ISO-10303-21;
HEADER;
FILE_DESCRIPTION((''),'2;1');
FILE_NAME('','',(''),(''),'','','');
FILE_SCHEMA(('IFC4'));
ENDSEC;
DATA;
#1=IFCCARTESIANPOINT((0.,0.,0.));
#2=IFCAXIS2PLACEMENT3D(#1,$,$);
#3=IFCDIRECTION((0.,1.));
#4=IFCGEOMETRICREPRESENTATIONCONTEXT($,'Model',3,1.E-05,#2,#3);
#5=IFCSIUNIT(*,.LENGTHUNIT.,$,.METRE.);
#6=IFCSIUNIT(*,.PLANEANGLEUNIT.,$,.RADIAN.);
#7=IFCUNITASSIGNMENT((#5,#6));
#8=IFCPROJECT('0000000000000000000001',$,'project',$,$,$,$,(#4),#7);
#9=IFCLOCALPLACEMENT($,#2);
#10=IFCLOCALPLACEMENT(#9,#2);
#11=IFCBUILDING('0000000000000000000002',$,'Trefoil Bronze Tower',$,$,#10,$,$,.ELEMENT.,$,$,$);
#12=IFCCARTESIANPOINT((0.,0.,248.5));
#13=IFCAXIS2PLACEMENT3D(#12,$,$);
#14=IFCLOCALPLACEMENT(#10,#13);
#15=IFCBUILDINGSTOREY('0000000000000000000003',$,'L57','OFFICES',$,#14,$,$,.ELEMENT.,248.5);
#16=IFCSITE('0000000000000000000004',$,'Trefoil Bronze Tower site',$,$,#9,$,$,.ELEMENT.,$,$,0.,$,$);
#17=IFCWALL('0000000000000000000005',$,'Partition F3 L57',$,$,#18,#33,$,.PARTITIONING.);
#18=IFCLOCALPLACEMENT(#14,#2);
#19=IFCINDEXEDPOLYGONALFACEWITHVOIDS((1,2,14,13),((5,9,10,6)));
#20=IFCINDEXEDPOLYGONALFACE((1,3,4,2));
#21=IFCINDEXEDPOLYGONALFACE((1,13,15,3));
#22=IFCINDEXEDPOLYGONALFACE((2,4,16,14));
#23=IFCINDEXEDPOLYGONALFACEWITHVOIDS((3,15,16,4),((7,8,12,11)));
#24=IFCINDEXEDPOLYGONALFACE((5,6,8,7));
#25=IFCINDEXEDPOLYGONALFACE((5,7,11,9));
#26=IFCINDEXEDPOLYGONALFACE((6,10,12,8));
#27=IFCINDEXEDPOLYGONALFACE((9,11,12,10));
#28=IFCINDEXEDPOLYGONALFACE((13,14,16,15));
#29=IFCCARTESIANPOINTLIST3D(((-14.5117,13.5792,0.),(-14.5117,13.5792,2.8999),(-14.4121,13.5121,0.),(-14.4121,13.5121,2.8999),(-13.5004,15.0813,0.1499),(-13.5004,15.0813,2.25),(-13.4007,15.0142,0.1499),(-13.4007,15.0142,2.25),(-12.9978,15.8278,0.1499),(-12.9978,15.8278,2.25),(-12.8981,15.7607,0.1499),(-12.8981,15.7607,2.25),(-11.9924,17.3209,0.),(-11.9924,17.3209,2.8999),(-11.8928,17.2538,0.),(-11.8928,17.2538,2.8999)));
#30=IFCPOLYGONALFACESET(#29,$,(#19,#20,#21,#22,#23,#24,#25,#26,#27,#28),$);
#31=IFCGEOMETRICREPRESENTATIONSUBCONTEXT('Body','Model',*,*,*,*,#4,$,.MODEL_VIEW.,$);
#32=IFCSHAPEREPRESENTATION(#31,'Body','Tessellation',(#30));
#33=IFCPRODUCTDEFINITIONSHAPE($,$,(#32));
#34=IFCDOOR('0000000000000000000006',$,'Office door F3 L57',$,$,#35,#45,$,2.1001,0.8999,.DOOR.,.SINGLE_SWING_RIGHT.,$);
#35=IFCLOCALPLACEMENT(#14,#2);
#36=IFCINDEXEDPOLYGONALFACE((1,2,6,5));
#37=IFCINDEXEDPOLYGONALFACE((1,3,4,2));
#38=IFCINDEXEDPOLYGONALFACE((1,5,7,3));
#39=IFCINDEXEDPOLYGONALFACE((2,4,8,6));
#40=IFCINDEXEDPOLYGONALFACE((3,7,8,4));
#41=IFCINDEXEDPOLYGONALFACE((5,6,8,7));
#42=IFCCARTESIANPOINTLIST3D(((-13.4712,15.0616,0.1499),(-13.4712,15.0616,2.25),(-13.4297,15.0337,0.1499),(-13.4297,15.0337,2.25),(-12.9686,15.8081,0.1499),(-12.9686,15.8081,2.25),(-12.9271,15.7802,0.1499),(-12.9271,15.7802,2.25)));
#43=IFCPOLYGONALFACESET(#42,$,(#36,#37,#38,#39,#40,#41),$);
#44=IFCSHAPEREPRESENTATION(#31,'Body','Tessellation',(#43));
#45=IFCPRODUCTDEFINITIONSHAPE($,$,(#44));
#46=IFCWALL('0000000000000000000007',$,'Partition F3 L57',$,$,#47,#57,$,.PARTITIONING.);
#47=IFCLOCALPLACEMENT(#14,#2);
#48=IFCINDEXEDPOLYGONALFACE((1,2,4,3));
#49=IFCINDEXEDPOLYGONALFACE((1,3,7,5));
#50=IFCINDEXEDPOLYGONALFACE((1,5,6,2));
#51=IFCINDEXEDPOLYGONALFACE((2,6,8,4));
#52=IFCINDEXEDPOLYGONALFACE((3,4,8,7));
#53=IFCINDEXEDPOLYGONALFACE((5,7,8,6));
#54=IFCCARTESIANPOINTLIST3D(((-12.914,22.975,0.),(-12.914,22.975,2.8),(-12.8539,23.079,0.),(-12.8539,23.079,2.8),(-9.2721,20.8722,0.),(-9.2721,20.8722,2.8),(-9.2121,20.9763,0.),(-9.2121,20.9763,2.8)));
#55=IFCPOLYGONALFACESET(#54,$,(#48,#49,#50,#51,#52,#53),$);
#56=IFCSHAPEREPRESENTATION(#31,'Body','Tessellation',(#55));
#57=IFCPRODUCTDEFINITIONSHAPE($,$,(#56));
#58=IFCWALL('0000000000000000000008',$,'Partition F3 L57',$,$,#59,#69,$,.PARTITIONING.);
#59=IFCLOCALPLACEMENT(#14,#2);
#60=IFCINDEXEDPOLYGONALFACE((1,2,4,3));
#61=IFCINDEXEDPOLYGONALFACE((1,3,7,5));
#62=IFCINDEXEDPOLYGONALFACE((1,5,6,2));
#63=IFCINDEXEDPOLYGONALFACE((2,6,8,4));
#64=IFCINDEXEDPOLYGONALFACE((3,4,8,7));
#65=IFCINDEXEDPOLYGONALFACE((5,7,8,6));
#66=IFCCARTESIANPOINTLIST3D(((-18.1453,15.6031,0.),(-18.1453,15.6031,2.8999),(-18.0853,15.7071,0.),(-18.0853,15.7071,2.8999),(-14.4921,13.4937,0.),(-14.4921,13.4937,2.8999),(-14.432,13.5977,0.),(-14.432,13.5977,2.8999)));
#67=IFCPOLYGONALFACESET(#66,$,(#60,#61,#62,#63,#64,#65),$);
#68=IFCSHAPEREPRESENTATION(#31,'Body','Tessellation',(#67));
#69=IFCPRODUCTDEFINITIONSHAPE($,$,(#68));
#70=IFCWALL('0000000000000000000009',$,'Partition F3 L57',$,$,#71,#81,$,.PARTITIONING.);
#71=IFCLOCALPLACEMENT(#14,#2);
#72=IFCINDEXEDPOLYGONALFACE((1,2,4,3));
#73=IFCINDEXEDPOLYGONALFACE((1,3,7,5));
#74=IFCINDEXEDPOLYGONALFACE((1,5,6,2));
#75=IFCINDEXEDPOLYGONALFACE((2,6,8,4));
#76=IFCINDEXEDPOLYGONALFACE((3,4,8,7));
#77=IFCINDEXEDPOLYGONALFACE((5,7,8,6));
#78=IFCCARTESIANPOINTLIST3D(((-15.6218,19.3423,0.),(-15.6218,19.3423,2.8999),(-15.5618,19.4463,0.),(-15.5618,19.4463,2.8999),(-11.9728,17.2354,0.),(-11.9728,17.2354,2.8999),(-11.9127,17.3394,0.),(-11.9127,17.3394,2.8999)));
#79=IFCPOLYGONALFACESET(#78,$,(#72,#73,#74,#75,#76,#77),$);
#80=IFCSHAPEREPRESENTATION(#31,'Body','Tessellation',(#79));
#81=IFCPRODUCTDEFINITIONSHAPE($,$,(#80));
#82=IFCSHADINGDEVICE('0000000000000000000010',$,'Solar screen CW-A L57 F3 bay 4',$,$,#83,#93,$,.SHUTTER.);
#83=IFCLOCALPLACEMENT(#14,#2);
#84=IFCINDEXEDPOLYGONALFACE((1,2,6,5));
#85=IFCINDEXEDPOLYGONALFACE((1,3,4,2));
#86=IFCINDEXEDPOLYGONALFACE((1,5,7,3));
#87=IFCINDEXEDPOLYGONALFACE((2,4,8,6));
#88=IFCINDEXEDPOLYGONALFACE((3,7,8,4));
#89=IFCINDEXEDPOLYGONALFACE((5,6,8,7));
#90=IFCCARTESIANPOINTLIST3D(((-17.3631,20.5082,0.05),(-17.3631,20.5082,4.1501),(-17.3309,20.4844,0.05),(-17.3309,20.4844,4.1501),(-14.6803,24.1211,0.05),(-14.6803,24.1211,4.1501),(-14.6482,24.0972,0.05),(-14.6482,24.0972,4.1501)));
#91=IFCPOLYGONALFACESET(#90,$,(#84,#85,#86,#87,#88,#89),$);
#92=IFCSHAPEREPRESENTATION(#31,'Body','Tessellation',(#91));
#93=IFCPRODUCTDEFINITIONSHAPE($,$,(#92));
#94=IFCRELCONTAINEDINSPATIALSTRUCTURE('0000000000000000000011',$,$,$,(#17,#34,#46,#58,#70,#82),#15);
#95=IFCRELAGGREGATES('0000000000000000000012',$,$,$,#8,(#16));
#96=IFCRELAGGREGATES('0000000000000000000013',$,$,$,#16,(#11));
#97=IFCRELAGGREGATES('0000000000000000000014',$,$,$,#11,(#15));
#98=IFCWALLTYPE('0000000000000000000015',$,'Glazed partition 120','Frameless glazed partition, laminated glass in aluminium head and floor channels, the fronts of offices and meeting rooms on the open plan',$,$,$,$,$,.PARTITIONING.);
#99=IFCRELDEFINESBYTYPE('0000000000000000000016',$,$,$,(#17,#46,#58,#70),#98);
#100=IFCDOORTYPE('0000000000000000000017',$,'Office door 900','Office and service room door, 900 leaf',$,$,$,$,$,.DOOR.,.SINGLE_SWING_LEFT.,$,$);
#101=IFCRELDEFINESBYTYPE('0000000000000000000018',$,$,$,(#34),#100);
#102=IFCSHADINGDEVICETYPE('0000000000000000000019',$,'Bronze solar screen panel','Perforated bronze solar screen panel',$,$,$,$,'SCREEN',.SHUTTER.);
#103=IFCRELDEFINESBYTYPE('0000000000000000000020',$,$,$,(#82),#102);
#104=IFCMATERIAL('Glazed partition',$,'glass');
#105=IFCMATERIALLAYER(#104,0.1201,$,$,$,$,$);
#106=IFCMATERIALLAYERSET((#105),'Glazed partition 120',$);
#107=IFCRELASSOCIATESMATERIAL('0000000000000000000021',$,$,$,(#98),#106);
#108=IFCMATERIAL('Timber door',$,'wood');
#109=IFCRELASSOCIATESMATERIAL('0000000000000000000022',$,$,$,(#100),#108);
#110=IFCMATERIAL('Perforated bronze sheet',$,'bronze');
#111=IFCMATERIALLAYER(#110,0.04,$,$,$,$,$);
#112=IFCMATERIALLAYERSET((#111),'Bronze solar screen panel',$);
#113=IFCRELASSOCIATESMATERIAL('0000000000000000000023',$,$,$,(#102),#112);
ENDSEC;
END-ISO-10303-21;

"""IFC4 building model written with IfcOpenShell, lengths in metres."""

from ifc_helpers import new_model, si_unit, direction, frame, frame_2d, origin, origin_2d, place, context, subcontext, project, spatial, rectangle, extrude, material, layer, layer_set, type_object, element, fill, save


model = new_model("IFC4")

# Units and contexts
model_context = context("Model", 3, precision=1e-05, world=origin(), true_north=direction((0.0, 1.0)))
body_context = subcontext(model_context, "Body", "Model", "MODEL_VIEW")
ifc_project = project(units=[si_unit("LENGTHUNIT", "METRE"), si_unit("PLANEANGLEUNIT", "RADIAN")], contexts=[model_context])

# Site, building, storey
site_placement = place(None, origin())
site = spatial("IfcSite", under=ifc_project, at=site_placement, Name="Trefoil Bronze Tower site", CompositionType="ELEMENT", RefElevation=0.0)
building_placement = place(site_placement, origin())
building = spatial("IfcBuilding", under=site, at=building_placement, Name="Trefoil Bronze Tower", CompositionType="ELEMENT")
storey_placement = place(building_placement, frame((0.0, 0.0, 248.5)))
storey = spatial("IfcBuildingStorey", under=building, at=storey_placement, Name="L57", Description="OFFICES", CompositionType="ELEMENT", Elevation=248.5)

# Wall, opening, door
ifc_material_1 = material(Name="Glazed partition", Category="glass")
ifc_layer_1 = layer(ifc_material_1, 0.1201)
ifc_layer_set_1 = layer_set([ifc_layer_1], Name="Glazed partition 120")
wall_type_1 = type_object("IfcWallType", Name="Glazed partition 120", Description="Frameless glazed partition, laminated glass in aluminium head and floor channels, the fronts of offices and meeting rooms on the open plan", PredefinedType="PARTITIONING", material=ifc_layer_set_1)
ifc_material_2 = material(Name="Timber door", Category="wood")
door_type_1 = type_object("IfcDoorType", Name="Office door 900", Description="Office and service room door, 900 leaf", OperationType="SINGLE_SWING_LEFT", PredefinedType="DOOR", material=ifc_material_2)
wall_1_placement = place(storey_placement, frame((-11.9426, 17.2874, 0.0), z_axis=(0.0, 0.0, 1.0), x_axis=(-0.558504, -0.829502, 0.0)))
wall_1 = element("IfcWall", 1, at=wall_1_placement, inside=storey, type_object=wall_type_1, Name="Partition F3 L57", PredefinedType="PARTITIONING", context=body_context, shape_type="SweptSolid", body=[
    extrude(rectangle(XDim=4.5107, YDim=0.1201, at=frame_2d((2.2554, 0.0))), origin(), (0.0, 0.0, 1.0), 2.8999),
])
opening_1_placement = place(wall_1_placement, frame((1.8, 0.0, 0.1499)))
opening_1 = element("IfcOpeningElement", 2, at=opening_1_placement, cuts=wall_1, PredefinedType="OPENING", context=body_context, shape_type="SweptSolid", body=[
    extrude(rectangle(XDim=0.8999, YDim=2.1001, at=frame_2d((0.45, 1.05))), frame((0.0, 0.0701, 0.0), z_axis=(0.0, -1.0, 0.0), x_axis=(1.0, 0.0, 0.0)), (0.0, 0.0, 1.0), 0.1401),
])
door_1_placement = place(opening_1_placement, frame((0.8999, 0.0, 0.0), z_axis=(0.0, 0.0, 1.0), x_axis=(-1.0, 0.0, 0.0)))
door_1 = element("IfcDoor", 3, at=door_1_placement, inside=storey, type_object=door_type_1, Name="Office door F3 L57", OperationType="SINGLE_SWING_RIGHT", OverallHeight=2.1001, OverallWidth=0.8999, PredefinedType="DOOR", context=body_context, shape_type="SweptSolid", body=[
    extrude(rectangle(XDim=0.8999, YDim=2.1001, at=frame_2d((0.45, 1.05))), frame((0.0, 0.0249, 0.0), z_axis=(0.0, -1.0, 0.0), x_axis=(1.0, 0.0, 0.0)), (0.0, 0.0, 1.0), 0.05),
])
fill(opening_1, door_1)

# Walls
wall_2_placement = place(storey_placement, frame((-9.2422, 20.9243, 0.0), z_axis=(0.0, 0.0, 1.0), x_axis=(-0.866009, 0.500029, 0.0)))
element("IfcWall", 4, at=wall_2_placement, inside=storey, type_object=wall_type_1, Name="Partition F3 L57", PredefinedType="PARTITIONING", context=body_context, shape_type="SweptSolid", body=[
    extrude(rectangle(XDim=4.2053, YDim=0.1201, at=frame_2d((2.1025, 0.0))), origin(), (0.0, 0.0, 1.0), 2.8),
])
wall_3_placement = place(storey_placement, frame((-14.4619, 13.5457, 0.0), z_axis=(0.0, 0.0, 1.0), x_axis=(-0.866012, 0.500023, 0.0)))
element("IfcWall", 5, at=wall_3_placement, inside=storey, type_object=wall_type_1, Name="Partition F3 L57", PredefinedType="PARTITIONING", context=body_context, shape_type="SweptSolid", body=[
    extrude(rectangle(XDim=4.2185, YDim=0.1201, at=frame_2d((2.1094, 0.0))), origin(), (0.0, 0.0, 1.0), 2.8999),
])
wall_4_placement = place(storey_placement, frame((-11.9426, 17.2874, 0.0), z_axis=(0.0, 0.0, 1.0), x_axis=(-0.866017, 0.500015, 0.0)))
element("IfcWall", 6, at=wall_4_placement, inside=storey, type_object=wall_type_1, Name="Partition F3 L57", PredefinedType="PARTITIONING", context=body_context, shape_type="SweptSolid", body=[
    extrude(rectangle(XDim=4.2136, YDim=0.1201, at=frame_2d((2.1069, 0.0))), origin(), (0.0, 0.0, 1.0), 2.8999),
])

# Shading device
ifc_material_3 = material(Name="Perforated bronze sheet", Category="bronze")
ifc_layer_2 = layer(ifc_material_3, 0.04)
ifc_layer_set_2 = layer_set([ifc_layer_2], Name="Bronze solar screen panel")
shading_device_type = type_object("IfcShadingDeviceType", Name="Bronze solar screen panel", Description="Perforated bronze solar screen panel", ElementType="SCREEN", PredefinedType="SHUTTER", material=ifc_layer_set_2)
shading_device_placement = place(storey_placement, frame((-16.0056, 22.3027, 0.05), z_axis=(0.0, 0.0, 1.0), x_axis=(-0.596162, -0.802865, 0.0)))
element("IfcShadingDevice", 7, at=shading_device_placement, inside=storey, type_object=shading_device_type, Name="Solar screen CW-A L57 F3 bay 4", PredefinedType="SHUTTER", context=body_context, shape_type="SweptSolid", body=[
    extrude(rectangle(XDim=4.5, YDim=0.04, at=origin_2d()), origin(), (0.0, 0.0, 1.0), 4.1001),
])

save(model, "model.ifc")
